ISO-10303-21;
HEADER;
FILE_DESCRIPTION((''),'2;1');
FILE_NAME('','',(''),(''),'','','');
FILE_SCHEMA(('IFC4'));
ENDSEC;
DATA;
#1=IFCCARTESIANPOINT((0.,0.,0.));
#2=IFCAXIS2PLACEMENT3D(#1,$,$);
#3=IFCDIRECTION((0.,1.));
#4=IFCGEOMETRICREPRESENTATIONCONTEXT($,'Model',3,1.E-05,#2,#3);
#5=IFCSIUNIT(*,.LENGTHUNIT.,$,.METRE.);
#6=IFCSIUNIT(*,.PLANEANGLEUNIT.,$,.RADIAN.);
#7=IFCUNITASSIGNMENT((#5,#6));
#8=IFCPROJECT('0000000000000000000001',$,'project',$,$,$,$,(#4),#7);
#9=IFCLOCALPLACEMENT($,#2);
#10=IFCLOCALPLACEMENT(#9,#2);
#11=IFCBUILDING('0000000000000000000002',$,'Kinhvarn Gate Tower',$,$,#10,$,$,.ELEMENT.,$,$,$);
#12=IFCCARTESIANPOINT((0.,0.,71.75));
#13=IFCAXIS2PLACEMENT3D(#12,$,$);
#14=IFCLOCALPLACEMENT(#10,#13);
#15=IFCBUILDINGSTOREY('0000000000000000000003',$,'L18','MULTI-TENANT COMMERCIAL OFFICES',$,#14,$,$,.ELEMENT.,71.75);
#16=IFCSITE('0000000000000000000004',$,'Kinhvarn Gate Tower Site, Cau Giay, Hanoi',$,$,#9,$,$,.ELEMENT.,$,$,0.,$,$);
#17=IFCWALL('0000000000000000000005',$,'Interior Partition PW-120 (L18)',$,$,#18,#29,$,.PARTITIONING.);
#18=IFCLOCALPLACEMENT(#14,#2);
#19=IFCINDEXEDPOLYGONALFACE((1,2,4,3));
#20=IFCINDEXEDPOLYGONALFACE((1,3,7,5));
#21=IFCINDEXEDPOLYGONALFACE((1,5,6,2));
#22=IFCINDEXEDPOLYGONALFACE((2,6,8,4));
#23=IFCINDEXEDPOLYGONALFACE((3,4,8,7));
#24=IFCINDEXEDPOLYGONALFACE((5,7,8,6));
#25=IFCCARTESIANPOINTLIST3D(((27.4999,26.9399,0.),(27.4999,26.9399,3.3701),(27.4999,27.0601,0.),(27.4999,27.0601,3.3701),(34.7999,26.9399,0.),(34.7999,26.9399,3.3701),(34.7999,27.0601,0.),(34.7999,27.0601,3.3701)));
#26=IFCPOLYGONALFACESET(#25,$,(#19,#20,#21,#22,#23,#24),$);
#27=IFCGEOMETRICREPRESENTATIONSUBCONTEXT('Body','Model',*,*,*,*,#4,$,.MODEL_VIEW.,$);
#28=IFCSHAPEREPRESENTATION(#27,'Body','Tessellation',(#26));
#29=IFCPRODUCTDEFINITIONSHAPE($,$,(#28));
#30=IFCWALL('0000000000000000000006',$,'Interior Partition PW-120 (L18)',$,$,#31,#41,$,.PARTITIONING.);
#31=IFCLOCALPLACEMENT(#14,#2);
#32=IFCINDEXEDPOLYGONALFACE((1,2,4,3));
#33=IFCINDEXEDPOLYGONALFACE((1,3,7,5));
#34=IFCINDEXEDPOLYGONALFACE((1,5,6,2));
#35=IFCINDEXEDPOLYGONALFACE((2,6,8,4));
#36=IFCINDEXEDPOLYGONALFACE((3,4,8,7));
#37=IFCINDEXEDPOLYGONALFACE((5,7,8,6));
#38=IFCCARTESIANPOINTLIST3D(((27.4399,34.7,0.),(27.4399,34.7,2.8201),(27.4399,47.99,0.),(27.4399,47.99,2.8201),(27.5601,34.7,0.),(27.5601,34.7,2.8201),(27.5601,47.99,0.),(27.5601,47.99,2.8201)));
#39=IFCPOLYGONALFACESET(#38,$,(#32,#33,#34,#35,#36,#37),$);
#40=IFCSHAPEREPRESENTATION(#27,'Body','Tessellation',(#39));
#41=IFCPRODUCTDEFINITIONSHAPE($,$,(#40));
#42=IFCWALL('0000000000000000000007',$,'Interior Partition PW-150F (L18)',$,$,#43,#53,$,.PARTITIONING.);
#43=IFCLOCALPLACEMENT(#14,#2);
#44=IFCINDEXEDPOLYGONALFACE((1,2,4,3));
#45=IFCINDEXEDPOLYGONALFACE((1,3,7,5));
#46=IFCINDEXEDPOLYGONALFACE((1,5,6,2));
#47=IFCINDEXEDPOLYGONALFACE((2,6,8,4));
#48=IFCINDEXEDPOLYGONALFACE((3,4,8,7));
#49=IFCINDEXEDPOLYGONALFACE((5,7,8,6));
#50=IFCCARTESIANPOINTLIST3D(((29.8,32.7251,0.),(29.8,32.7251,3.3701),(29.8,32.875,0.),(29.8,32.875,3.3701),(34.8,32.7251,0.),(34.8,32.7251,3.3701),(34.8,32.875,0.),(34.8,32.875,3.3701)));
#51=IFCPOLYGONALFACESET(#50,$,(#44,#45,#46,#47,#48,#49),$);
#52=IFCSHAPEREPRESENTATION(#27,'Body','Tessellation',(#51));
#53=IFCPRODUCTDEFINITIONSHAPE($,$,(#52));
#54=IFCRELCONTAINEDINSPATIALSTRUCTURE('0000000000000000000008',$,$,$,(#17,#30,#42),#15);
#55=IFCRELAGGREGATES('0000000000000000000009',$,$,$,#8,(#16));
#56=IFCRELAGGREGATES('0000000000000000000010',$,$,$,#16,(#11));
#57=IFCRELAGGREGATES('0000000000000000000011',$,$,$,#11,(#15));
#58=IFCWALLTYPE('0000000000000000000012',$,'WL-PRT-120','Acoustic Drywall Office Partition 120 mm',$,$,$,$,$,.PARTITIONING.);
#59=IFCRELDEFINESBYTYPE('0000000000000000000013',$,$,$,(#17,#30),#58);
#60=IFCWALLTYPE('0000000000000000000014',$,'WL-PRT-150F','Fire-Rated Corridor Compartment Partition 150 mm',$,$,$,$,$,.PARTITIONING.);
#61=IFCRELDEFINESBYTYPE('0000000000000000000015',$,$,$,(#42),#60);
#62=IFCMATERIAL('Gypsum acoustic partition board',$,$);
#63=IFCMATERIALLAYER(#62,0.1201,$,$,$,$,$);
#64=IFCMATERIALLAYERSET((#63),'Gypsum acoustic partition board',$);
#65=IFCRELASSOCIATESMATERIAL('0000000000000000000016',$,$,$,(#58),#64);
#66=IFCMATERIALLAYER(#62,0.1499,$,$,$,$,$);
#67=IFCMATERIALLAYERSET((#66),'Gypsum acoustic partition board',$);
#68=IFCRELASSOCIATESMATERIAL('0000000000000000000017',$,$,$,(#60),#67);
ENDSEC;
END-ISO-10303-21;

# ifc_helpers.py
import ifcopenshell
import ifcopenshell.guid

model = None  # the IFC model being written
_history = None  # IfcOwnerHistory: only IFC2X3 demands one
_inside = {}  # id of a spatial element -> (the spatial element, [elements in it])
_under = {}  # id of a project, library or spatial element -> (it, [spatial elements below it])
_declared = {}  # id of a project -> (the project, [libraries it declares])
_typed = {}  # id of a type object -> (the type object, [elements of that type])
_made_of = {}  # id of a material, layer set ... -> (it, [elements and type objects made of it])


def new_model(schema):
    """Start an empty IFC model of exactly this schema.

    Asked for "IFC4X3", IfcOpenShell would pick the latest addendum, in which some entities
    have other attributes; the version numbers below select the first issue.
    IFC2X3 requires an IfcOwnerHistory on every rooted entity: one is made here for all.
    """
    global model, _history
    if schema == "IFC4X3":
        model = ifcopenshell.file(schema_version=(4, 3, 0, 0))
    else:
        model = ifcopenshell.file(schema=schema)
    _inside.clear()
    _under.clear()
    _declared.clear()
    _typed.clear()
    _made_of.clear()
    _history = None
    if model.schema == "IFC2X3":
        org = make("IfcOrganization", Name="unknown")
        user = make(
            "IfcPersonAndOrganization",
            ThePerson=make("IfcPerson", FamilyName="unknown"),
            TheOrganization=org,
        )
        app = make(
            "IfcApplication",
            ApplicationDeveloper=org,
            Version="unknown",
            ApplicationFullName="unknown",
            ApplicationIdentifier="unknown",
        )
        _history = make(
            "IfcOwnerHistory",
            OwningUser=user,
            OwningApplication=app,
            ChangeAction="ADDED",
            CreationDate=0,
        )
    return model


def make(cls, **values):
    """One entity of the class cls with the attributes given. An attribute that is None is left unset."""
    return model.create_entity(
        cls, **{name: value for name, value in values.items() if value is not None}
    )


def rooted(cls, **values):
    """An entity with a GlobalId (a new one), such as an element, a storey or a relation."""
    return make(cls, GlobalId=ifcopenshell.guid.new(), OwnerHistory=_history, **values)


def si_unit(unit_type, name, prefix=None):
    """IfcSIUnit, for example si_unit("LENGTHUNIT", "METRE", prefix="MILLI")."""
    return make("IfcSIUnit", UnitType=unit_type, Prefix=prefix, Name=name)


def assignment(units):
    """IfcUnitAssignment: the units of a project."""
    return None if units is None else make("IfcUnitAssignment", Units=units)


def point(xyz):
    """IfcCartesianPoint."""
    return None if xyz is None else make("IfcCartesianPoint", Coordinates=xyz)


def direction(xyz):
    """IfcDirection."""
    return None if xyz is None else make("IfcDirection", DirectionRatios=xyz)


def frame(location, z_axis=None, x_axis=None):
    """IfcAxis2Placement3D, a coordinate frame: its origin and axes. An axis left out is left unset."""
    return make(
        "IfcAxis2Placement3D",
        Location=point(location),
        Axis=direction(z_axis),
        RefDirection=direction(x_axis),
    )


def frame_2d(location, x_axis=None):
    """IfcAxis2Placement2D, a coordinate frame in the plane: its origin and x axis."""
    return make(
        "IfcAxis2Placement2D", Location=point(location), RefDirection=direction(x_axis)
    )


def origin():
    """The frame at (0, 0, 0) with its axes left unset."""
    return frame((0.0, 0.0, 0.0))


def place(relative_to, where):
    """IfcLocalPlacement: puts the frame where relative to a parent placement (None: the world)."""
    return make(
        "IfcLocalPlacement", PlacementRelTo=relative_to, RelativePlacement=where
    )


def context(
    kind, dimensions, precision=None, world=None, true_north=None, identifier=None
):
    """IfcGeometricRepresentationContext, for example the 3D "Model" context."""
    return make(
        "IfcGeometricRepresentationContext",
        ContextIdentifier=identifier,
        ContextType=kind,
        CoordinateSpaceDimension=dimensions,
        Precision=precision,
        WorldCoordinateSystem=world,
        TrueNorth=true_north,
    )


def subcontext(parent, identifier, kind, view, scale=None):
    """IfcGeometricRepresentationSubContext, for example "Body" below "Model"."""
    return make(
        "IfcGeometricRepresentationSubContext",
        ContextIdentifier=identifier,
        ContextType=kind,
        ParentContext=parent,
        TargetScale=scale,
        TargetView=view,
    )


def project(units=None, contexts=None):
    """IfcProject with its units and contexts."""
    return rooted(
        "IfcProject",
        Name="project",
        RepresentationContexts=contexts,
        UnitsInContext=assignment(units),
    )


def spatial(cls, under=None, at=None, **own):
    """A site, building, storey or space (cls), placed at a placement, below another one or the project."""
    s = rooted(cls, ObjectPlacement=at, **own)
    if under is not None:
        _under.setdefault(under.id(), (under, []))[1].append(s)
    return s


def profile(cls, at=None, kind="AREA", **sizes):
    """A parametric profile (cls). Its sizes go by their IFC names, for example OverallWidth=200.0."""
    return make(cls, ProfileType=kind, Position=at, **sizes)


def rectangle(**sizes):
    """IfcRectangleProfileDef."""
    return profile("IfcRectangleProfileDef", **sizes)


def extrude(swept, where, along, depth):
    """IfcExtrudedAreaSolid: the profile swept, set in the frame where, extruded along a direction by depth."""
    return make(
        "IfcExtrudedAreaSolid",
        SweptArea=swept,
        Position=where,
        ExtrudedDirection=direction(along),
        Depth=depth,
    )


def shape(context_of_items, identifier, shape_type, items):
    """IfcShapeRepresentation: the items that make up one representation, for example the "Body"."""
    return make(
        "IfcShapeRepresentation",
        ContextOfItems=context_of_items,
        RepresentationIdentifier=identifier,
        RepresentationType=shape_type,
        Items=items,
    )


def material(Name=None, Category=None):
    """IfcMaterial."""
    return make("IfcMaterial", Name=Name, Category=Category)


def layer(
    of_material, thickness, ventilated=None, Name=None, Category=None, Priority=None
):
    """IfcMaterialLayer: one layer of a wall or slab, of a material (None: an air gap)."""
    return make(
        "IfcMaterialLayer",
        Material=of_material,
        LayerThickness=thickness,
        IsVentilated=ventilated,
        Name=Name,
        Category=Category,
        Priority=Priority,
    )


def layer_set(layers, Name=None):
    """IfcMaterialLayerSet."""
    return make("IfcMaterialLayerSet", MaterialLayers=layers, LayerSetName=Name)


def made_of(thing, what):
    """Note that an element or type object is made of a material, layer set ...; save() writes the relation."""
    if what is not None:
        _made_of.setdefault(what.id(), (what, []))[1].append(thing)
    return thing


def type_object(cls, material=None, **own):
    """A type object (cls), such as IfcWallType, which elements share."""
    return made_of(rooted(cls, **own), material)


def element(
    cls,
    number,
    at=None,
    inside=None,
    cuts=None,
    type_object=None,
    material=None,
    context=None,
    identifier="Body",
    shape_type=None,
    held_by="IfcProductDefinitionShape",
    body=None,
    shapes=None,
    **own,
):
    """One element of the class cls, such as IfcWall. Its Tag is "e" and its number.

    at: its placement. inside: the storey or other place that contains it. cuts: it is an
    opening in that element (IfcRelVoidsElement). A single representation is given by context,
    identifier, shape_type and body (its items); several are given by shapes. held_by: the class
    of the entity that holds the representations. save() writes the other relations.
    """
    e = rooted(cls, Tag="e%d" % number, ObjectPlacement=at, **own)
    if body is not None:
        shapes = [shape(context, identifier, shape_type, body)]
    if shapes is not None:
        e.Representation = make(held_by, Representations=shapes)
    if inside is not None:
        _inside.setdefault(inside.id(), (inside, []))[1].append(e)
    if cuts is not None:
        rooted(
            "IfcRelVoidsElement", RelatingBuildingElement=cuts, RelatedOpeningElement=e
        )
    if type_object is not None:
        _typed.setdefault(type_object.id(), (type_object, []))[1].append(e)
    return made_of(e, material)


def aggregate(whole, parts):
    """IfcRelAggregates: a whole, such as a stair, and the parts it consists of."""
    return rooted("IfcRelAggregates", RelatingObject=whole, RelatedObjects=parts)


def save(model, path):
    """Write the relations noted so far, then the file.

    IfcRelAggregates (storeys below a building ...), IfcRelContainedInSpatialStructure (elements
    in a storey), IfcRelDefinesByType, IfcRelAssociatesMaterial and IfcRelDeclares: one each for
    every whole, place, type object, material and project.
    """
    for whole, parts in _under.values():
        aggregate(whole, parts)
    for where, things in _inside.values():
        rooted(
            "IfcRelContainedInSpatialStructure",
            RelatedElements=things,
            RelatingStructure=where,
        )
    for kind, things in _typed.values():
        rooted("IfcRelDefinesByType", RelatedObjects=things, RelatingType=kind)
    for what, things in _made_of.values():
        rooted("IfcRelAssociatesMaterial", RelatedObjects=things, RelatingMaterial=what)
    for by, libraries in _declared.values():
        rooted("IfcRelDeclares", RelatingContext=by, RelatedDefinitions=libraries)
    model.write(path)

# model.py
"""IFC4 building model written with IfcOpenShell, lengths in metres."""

from ifc_helpers import new_model, si_unit, direction, frame, frame_2d, origin, place, context, subcontext, project, spatial, rectangle, extrude, material, layer, layer_set, type_object, element, save


model = new_model("IFC4")

# Units and contexts
model_context = context("Model", 3, precision=1e-05, world=origin(), true_north=direction((0.0, 1.0)))
body_context = subcontext(model_context, "Body", "Model", "MODEL_VIEW")
ifc_project = project(units=[si_unit("LENGTHUNIT", "METRE"), si_unit("PLANEANGLEUNIT", "RADIAN")], contexts=[model_context])

# Site, building, storey
site_placement = place(None, origin())
site = spatial("IfcSite", under=ifc_project, at=site_placement, Name="Kinhvarn Gate Tower Site, Cau Giay, Hanoi", CompositionType="ELEMENT", RefElevation=0.0)
building_placement = place(site_placement, origin())
building = spatial("IfcBuilding", under=site, at=building_placement, Name="Kinhvarn Gate Tower", CompositionType="ELEMENT")
storey_placement = place(building_placement, frame((0.0, 0.0, 71.75)))
storey = spatial("IfcBuildingStorey", under=building, at=storey_placement, Name="L18", Description="MULTI-TENANT COMMERCIAL OFFICES", CompositionType="ELEMENT", Elevation=71.75)

# Shared definitions
ifc_material_1 = material(Name="Gypsum acoustic partition board")

# Walls
ifc_layer_1 = layer(ifc_material_1, 0.1201)
ifc_layer_set_1 = layer_set([ifc_layer_1], Name="Gypsum acoustic partition board")
wall_type_1 = type_object("IfcWallType", Name="WL-PRT-120", Description="Acoustic Drywall Office Partition 120 mm", PredefinedType="PARTITIONING", material=ifc_layer_set_1)
for number, where, z_axis, x_axis, name in (
    (1, (27.5, 27.0, 0.0), (0.0, 0.0, 1.0), (1.0, 0.0, 0.0), "Interior Partition PW-120 (L18)"),
):
    element("IfcWall", number, at=place(storey_placement, frame(where, z_axis=z_axis, x_axis=x_axis)), inside=storey, type_object=wall_type_1, Name=name, PredefinedType="PARTITIONING", context=body_context, shape_type="SweptSolid", body=[
        extrude(rectangle(XDim=7.3, YDim=0.1201, at=frame_2d((3.6499, 0.0))), origin(), (0.0, 0.0, 1.0), 3.3701),
    ])
wall_1_placement = place(storey_placement, frame((27.5, 34.7, 0.0), z_axis=(0.0, 0.0, 1.0), x_axis=(0.0, 1.0, 0.0)))
element("IfcWall", 2, at=wall_1_placement, inside=storey, type_object=wall_type_1, Name="Interior Partition PW-120 (L18)", PredefinedType="PARTITIONING", context=body_context, shape_type="SweptSolid", body=[
    extrude(rectangle(XDim=13.29, YDim=0.1201, at=frame_2d((6.645, 0.0))), origin(), (0.0, 0.0, 1.0), 2.8201),
])
ifc_layer_2 = layer(ifc_material_1, 0.1499)
ifc_layer_set_2 = layer_set([ifc_layer_2], Name="Gypsum acoustic partition board")
wall_type_2 = type_object("IfcWallType", Name="WL-PRT-150F", Description="Fire-Rated Corridor Compartment Partition 150 mm", PredefinedType="PARTITIONING", material=ifc_layer_set_2)
wall_2_placement = place(storey_placement, frame((29.8, 32.8, 0.0), z_axis=(0.0, 0.0, 1.0), x_axis=(1.0, 0.0, 0.0)))
element("IfcWall", 3, at=wall_2_placement, inside=storey, type_object=wall_type_2, Name="Interior Partition PW-150F (L18)", PredefinedType="PARTITIONING", context=body_context, shape_type="SweptSolid", body=[
    extrude(rectangle(XDim=5.0, YDim=0.1499, at=frame_2d((2.5, 0.0))), origin(), (0.0, 0.0, 1.0), 3.3701),
])

save(model, "model.ifc")
